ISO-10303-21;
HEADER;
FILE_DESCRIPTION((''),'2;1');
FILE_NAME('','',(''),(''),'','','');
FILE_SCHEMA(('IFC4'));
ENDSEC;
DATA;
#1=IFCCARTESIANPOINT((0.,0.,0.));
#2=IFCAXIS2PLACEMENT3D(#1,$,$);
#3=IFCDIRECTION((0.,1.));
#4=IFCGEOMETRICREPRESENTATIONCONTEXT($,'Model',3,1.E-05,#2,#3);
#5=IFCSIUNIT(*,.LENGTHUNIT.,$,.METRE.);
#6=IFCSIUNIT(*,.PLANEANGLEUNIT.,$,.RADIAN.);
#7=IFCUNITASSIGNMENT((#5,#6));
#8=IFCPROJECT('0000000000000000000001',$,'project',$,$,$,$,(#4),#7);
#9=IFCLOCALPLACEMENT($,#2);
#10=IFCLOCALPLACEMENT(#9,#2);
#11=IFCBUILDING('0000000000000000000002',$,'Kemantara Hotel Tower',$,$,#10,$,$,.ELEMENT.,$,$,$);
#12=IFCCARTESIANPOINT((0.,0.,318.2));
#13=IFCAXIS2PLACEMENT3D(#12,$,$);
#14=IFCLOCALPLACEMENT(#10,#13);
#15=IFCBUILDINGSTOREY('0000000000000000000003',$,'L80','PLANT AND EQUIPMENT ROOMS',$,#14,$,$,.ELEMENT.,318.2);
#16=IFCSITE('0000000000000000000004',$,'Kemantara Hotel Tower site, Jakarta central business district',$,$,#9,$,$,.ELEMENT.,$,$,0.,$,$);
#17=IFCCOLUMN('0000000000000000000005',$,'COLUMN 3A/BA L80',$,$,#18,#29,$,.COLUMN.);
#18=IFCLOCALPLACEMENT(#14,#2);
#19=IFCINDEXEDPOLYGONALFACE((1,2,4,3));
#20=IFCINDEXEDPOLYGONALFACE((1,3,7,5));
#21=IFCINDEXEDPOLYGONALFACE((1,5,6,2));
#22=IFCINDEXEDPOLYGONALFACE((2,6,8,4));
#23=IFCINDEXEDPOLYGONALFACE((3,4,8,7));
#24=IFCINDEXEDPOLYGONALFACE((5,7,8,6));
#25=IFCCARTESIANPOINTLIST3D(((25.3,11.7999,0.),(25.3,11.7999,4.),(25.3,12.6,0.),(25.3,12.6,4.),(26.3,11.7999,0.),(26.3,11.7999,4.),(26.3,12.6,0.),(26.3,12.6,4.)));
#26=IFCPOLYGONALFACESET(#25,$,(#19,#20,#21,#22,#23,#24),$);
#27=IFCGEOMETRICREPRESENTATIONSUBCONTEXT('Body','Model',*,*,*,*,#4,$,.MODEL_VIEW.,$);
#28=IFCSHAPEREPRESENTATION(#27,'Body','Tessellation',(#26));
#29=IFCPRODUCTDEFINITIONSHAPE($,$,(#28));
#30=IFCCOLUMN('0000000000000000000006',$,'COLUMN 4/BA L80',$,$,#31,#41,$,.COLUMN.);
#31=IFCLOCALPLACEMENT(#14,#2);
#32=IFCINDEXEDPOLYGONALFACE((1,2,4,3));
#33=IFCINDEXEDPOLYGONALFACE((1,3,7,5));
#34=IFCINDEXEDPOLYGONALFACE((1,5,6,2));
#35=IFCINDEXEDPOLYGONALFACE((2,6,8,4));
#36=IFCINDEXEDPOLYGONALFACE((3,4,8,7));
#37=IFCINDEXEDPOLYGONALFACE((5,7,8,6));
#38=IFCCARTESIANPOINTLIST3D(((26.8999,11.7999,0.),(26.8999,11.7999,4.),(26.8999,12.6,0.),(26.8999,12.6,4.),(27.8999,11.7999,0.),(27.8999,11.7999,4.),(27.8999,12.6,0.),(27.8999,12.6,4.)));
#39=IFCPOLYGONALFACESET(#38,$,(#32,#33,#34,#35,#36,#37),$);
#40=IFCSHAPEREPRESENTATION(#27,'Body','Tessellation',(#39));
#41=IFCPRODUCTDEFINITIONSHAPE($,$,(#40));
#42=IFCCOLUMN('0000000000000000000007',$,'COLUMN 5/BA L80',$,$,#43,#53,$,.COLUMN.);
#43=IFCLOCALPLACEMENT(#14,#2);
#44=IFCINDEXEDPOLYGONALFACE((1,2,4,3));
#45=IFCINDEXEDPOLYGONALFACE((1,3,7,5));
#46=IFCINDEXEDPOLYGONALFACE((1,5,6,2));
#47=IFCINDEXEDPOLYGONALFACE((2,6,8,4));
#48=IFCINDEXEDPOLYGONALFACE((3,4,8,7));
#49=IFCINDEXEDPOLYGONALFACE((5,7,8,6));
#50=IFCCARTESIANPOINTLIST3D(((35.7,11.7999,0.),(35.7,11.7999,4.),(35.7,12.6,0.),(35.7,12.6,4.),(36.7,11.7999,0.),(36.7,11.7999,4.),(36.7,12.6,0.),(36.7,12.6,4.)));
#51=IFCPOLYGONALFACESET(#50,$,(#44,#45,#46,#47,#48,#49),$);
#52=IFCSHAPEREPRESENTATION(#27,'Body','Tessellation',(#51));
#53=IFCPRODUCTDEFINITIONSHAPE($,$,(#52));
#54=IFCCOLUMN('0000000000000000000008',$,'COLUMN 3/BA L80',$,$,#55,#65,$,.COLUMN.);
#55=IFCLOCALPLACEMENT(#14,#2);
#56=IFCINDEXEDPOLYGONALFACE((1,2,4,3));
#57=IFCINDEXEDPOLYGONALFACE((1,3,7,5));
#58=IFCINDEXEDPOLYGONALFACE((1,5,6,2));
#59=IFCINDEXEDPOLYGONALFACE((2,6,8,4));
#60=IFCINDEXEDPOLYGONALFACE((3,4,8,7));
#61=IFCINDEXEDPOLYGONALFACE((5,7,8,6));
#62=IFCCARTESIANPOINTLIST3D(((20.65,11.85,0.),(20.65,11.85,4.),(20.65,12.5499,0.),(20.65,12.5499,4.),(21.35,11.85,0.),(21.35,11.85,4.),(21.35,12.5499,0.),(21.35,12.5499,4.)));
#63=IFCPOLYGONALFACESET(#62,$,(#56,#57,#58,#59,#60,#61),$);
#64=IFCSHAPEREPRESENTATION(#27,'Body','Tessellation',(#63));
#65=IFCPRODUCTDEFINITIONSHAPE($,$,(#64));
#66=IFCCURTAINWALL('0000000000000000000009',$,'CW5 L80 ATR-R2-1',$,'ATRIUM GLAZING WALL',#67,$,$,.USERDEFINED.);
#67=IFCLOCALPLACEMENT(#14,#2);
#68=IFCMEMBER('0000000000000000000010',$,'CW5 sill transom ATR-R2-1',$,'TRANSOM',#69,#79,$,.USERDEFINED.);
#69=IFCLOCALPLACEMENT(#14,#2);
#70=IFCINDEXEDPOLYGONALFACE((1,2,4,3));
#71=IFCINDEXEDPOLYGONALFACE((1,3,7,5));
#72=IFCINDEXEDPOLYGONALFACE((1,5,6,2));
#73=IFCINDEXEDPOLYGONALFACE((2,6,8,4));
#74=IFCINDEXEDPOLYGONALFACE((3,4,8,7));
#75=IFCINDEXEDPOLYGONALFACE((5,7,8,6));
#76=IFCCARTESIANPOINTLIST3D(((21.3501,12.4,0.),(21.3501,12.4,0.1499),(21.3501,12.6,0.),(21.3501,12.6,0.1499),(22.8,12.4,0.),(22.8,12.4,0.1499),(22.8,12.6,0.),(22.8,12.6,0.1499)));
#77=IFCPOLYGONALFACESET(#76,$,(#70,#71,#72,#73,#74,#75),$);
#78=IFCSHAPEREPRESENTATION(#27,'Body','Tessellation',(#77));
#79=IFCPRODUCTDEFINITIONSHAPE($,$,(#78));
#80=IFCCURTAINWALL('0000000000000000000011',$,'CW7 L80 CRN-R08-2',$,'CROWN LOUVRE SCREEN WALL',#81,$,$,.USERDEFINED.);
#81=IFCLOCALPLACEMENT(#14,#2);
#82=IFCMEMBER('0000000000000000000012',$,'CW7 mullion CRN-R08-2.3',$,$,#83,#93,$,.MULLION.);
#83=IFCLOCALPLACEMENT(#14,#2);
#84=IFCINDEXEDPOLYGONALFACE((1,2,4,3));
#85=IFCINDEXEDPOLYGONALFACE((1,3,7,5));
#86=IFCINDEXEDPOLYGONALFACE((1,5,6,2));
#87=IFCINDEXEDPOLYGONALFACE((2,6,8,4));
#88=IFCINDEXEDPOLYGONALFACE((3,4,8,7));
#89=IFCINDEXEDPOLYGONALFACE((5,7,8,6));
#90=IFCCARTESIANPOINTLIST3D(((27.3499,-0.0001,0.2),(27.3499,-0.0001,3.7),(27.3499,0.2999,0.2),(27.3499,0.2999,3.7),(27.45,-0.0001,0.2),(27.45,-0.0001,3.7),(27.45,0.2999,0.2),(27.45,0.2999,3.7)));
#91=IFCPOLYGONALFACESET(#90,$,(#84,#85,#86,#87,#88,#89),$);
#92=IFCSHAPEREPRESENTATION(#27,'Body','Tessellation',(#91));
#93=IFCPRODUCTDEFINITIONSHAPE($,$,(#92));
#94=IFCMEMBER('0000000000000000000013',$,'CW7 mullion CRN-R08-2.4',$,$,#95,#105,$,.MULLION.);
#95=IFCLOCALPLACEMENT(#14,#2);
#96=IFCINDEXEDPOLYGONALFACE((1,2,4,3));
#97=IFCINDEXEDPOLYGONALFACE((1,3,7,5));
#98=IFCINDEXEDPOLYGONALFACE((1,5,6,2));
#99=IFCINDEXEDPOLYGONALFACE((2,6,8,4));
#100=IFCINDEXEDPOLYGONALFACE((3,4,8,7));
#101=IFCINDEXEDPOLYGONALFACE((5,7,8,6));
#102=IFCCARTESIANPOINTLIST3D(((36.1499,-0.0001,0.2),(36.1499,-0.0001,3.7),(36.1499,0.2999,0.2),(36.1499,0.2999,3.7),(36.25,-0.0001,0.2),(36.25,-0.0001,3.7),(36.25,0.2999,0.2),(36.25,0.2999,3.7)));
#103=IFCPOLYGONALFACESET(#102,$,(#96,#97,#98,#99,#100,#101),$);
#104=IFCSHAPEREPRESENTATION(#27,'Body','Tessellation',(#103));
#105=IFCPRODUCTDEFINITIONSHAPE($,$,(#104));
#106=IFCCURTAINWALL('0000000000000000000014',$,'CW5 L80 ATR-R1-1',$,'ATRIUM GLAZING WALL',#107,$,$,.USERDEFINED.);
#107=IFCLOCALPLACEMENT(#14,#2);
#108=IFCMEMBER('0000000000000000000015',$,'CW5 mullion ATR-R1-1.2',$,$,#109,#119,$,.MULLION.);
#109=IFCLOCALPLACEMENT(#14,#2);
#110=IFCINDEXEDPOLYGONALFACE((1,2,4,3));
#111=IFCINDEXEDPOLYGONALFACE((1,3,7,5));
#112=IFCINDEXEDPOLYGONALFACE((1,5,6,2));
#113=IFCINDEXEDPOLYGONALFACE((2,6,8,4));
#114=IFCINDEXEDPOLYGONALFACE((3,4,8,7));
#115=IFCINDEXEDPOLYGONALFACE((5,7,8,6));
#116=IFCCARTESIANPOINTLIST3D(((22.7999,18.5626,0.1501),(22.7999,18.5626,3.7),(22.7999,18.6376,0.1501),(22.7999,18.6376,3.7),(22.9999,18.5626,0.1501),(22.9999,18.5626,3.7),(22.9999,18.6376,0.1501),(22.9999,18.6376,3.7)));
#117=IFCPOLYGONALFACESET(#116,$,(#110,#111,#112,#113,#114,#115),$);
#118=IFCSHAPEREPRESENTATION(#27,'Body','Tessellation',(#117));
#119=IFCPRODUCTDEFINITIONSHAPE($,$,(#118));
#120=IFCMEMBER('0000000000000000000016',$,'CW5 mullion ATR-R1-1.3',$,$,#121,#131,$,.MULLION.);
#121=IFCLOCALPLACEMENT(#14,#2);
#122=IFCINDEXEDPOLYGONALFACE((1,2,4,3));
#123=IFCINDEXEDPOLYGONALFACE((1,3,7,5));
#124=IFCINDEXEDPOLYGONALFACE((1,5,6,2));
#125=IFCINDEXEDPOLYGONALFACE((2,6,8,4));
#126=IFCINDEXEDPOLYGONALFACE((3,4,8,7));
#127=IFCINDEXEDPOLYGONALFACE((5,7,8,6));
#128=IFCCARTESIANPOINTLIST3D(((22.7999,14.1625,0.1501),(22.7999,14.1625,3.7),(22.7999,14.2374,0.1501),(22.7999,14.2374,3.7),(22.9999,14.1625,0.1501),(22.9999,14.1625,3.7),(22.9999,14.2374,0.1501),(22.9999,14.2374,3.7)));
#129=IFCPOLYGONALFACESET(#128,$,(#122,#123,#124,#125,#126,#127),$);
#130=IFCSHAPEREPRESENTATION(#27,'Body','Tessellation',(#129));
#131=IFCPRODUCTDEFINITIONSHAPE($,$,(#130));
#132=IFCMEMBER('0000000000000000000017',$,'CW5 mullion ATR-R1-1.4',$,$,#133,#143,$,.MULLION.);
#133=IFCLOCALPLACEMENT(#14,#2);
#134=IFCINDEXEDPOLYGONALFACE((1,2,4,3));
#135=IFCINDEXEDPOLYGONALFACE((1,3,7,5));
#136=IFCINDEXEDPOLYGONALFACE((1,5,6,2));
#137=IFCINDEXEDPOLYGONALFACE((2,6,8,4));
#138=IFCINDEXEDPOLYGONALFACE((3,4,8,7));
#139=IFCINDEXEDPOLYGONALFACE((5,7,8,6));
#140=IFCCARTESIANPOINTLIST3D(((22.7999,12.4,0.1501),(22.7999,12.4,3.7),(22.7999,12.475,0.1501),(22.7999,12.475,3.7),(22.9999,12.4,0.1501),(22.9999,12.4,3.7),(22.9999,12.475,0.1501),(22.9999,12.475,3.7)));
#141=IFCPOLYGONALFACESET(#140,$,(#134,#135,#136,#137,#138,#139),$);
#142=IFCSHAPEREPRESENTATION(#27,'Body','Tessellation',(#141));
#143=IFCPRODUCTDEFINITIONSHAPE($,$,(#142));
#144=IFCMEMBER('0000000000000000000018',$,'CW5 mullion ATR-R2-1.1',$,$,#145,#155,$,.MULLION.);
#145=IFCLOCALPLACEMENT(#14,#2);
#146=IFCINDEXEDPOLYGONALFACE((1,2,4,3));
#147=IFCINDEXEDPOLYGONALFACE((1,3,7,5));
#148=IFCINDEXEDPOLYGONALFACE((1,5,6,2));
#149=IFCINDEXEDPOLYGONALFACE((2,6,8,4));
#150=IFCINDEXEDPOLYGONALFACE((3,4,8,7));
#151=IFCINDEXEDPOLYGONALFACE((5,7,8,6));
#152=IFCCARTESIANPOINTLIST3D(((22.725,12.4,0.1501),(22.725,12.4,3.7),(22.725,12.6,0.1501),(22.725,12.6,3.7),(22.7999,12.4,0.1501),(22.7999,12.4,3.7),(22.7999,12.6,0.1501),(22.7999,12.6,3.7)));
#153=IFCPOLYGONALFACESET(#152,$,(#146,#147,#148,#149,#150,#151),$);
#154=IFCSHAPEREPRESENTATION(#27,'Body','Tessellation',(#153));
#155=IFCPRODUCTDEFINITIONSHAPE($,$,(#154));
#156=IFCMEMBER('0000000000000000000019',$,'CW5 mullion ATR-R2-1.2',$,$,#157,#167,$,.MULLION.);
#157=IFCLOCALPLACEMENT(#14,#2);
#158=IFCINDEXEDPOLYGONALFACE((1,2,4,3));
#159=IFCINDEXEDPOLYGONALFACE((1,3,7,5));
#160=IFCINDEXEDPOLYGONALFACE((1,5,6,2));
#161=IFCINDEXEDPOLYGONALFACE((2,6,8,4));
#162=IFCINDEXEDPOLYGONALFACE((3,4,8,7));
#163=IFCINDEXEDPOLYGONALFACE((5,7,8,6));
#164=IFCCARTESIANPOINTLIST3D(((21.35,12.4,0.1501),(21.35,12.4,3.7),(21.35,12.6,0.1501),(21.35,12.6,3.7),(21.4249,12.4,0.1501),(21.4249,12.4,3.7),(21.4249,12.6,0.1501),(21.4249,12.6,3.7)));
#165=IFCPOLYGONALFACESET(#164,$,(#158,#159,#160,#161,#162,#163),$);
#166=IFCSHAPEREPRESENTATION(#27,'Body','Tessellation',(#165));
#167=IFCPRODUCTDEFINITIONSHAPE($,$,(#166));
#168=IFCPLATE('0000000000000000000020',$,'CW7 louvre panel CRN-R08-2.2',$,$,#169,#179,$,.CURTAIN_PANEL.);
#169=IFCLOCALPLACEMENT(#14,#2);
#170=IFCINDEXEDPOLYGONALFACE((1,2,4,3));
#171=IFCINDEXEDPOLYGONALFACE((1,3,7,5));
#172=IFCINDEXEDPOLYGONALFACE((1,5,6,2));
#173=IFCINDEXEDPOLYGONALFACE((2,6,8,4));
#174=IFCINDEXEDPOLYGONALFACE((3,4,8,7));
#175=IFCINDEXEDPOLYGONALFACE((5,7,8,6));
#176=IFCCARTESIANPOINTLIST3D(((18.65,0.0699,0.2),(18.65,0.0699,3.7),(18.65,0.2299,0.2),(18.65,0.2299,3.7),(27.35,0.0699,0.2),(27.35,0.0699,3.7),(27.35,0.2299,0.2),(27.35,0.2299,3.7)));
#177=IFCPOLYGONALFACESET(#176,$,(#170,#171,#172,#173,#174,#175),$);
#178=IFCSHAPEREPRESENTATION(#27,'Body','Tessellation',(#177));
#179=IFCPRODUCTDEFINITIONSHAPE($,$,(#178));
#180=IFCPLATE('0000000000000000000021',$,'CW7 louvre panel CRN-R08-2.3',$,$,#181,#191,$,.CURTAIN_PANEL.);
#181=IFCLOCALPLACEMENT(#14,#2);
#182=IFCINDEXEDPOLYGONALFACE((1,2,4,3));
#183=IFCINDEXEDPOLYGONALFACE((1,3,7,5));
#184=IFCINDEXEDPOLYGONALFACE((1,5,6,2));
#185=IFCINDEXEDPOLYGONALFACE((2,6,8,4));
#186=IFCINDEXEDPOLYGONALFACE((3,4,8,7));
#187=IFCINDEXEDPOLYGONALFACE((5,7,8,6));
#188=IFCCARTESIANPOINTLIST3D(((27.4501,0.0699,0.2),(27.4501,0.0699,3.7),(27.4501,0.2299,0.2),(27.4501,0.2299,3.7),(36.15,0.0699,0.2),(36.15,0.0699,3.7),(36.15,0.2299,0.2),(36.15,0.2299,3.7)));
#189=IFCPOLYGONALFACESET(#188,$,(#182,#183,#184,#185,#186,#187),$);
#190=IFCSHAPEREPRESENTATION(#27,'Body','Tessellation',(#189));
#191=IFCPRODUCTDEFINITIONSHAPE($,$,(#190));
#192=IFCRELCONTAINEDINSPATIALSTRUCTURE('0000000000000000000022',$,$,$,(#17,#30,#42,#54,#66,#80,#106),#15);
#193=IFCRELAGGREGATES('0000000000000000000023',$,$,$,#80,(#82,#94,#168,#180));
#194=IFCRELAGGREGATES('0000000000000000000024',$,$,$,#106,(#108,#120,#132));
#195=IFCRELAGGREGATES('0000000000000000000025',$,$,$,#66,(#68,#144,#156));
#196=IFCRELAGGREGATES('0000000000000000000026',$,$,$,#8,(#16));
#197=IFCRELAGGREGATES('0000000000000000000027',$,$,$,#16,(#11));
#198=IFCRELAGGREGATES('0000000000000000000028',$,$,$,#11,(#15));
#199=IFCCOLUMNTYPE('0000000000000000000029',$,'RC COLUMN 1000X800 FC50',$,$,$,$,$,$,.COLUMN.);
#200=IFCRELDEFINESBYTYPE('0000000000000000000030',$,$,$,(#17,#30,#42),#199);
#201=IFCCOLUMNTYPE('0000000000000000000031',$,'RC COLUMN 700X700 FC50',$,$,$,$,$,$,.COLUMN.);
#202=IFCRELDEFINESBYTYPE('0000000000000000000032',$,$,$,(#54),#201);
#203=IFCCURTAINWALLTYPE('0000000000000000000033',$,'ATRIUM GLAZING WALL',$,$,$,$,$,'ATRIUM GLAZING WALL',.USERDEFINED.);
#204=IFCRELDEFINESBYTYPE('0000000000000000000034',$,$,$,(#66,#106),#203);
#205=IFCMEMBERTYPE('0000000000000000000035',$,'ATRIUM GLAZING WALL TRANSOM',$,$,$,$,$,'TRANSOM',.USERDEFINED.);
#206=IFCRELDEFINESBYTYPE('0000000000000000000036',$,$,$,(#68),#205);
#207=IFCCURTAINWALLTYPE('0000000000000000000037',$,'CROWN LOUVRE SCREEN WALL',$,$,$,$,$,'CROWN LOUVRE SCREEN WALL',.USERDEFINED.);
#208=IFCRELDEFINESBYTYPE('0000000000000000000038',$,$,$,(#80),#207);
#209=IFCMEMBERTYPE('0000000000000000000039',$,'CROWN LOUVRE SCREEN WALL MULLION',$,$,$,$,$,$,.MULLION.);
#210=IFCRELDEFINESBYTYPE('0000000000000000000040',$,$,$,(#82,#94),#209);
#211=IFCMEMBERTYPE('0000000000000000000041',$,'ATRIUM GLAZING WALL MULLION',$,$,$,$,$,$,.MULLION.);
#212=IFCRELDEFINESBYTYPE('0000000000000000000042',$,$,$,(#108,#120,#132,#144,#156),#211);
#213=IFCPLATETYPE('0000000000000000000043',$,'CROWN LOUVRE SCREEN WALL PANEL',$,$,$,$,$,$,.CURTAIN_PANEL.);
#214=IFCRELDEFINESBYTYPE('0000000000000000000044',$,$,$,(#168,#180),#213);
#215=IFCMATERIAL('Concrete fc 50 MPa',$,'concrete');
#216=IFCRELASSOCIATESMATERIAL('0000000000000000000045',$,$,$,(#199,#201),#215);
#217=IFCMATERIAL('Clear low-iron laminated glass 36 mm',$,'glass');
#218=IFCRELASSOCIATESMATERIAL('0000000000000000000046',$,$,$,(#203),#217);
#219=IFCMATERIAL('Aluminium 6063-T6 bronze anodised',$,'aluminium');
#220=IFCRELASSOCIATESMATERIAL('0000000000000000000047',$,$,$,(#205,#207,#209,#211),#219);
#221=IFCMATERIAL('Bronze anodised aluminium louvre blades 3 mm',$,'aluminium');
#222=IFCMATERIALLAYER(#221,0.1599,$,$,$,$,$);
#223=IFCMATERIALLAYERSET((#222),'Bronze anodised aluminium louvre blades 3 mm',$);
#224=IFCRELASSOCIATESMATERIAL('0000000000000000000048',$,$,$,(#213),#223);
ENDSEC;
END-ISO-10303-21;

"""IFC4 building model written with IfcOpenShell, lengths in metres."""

from ifc_helpers import new_model, si_unit, direction, frame, origin, origin_2d, place, context, subcontext, project, spatial, rectangle, extrude, source, transform, mapped, material, layer, layer_set, material_profile, profile_set, type_object, element, aggregate, save


model = new_model("IFC4")

# Units and contexts
model_context = context("Model", 3, precision=1e-05, world=origin(), true_north=direction((0.0, 1.0)))
body_context = subcontext(model_context, "Body", "Model", "MODEL_VIEW")
ifc_project = project(units=[si_unit("LENGTHUNIT", "METRE"), si_unit("PLANEANGLEUNIT", "RADIAN")], contexts=[model_context])

# Site, building, storey
site_placement = place(None, origin())
site = spatial("IfcSite", under=ifc_project, at=site_placement, Name="Kemantara Hotel Tower site, Jakarta central business district", CompositionType="ELEMENT", RefElevation=0.0)
building_placement = place(site_placement, origin())
building = spatial("IfcBuilding", under=site, at=building_placement, Name="Kemantara Hotel Tower", CompositionType="ELEMENT")
storey_placement = place(building_placement, frame((0.0, 0.0, 318.2)))
storey = spatial("IfcBuildingStorey", under=building, at=storey_placement, Name="L80", Description="PLANT AND EQUIPMENT ROOMS", CompositionType="ELEMENT", Elevation=318.2)

# Columns
ifc_material_1 = material(Name="Concrete fc 50 MPa", Category="concrete")
ifc_material_profile_1 = material_profile(ifc_material_1, rectangle(XDim=1.0, YDim=0.8, at=origin_2d()), Name="RC 1000X800")
ifc_profile_set_1 = profile_set([ifc_material_profile_1], Name="Concrete fc 50 MPa")
column_type_1 = type_object("IfcColumnType", Name="RC COLUMN 1000X800 FC50", PredefinedType="COLUMN", material=ifc_profile_set_1)
for number, where, z_axis, x_axis, name in (
    (1, (25.8, 12.2, 0.0), (0.0, 0.0, 1.0), (1.0, 0.0, 0.0), "COLUMN 3A/BA L80"),
    (2, (27.3999, 12.2, 0.0), (0.0, 0.0, 1.0), (1.0, 0.0, 0.0), "COLUMN 4/BA L80"),
    (3, (36.2, 12.2, 0.0), (0.0, 0.0, 1.0), (1.0, 0.0, 0.0), "COLUMN 5/BA L80"),
):
    element("IfcColumn", number, at=place(storey_placement, frame(where, z_axis=z_axis, x_axis=x_axis)), inside=storey, type_object=column_type_1, Name=name, PredefinedType="COLUMN", context=body_context, shape_type="SweptSolid", body=[
        extrude(rectangle(XDim=1.0, YDim=0.8, at=origin_2d()), origin(), (0.0, 0.0, 1.0), 4.0),
    ])
ifc_material_profile_2 = material_profile(ifc_material_1, rectangle(XDim=0.7, YDim=0.7, at=origin_2d()), Name="RC 700X700")
ifc_profile_set_2 = profile_set([ifc_material_profile_2], Name="Concrete fc 50 MPa")
column_type_2 = type_object("IfcColumnType", Name="RC COLUMN 700X700 FC50", PredefinedType="COLUMN", material=ifc_profile_set_2)
column_placement = place(storey_placement, frame((21.0, 12.2, 0.0), z_axis=(0.0, 0.0, 1.0), x_axis=(1.0, 0.0, 0.0)))
element("IfcColumn", 4, at=column_placement, inside=storey, type_object=column_type_2, Name="COLUMN 3/BA L80", PredefinedType="COLUMN", context=body_context, shape_type="SweptSolid", body=[
    extrude(rectangle(XDim=0.7, YDim=0.7, at=origin_2d()), origin(), (0.0, 0.0, 1.0), 4.0),
])

# Curtain wall, member
ifc_material_2 = material(Name="Clear low-iron laminated glass 36 mm", Category="glass")
curtain_wall_type_1 = type_object("IfcCurtainWallType", Name="ATRIUM GLAZING WALL", ElementType="ATRIUM GLAZING WALL", PredefinedType="USERDEFINED", material=ifc_material_2)
curtain_wall_1_placement = place(storey_placement, origin())
curtain_wall_1 = element("IfcCurtainWall", 5, at=curtain_wall_1_placement, inside=storey, type_object=curtain_wall_type_1, Name="CW5 L80 ATR-R2-1", ObjectType="ATRIUM GLAZING WALL", PredefinedType="USERDEFINED")
ifc_material_3 = material(Name="Aluminium 6063-T6 bronze anodised", Category="aluminium")
ifc_material_profile_3 = material_profile(ifc_material_3, rectangle(XDim=0.2, YDim=0.1499, at=origin_2d()), Name="ATRIUM GLAZING WALL TRANSOM")
ifc_profile_set_3 = profile_set([ifc_material_profile_3], Name="Aluminium 6063-T6 bronze anodised")
member_type_1 = type_object("IfcMemberType", Name="ATRIUM GLAZING WALL TRANSOM", ElementType="TRANSOM", PredefinedType="USERDEFINED", material=ifc_profile_set_3)
member_1_placement = place(storey_placement, frame((22.8, 12.5, 0.075), z_axis=(-1.0, 0.0, 0.0), x_axis=(0.0, -1.0, 0.0)))
member_1 = element("IfcMember", 6, at=member_1_placement, type_object=member_type_1, Name="CW5 sill transom ATR-R2-1", ObjectType="TRANSOM", PredefinedType="USERDEFINED", context=body_context, shape_type="SweptSolid", body=[
    extrude(rectangle(XDim=0.2, YDim=0.1499, at=origin_2d()), origin(), (0.0, 0.0, 1.0), 1.45),
])

# Curtain walls, members
curtain_wall_type_2 = type_object("IfcCurtainWallType", Name="CROWN LOUVRE SCREEN WALL", ElementType="CROWN LOUVRE SCREEN WALL", PredefinedType="USERDEFINED", material=ifc_material_3)
curtain_wall_2_placement = place(storey_placement, origin())
curtain_wall_2 = element("IfcCurtainWall", 7, at=curtain_wall_2_placement, inside=storey, type_object=curtain_wall_type_2, Name="CW7 L80 CRN-R08-2", ObjectType="CROWN LOUVRE SCREEN WALL", PredefinedType="USERDEFINED")
ifc_material_profile_4 = material_profile(ifc_material_3, rectangle(XDim=0.3, YDim=0.1001, at=origin_2d()), Name="CROWN LOUVRE SCREEN WALL MULLION")
ifc_profile_set_4 = profile_set([ifc_material_profile_4], Name="Aluminium 6063-T6 bronze anodised")
member_type_2 = type_object("IfcMemberType", Name="CROWN LOUVRE SCREEN WALL MULLION", PredefinedType="MULLION", material=ifc_profile_set_4)
shared_shape_1 = source(origin(), body_context, "Body", "SweptSolid", [
    extrude(rectangle(XDim=0.3, YDim=0.1001, at=origin_2d()), origin(), (0.0, 0.0, 1.0), 3.5),
])
member_2_placement = place(storey_placement, frame((27.3999, 0.1499, 0.2), z_axis=(0.0, 0.0, 1.0), x_axis=(0.0, 1.0, 0.0)))
member_2 = element("IfcMember", 8, at=member_2_placement, type_object=member_type_2, Name="CW7 mullion CRN-R08-2.3", PredefinedType="MULLION", context=body_context, shape_type="MappedRepresentation", body=[
    mapped(shared_shape_1, transform((0.0, 0.0, 0.0))),
])
member_3_placement = place(storey_placement, frame((36.2, 0.1499, 0.2), z_axis=(0.0, 0.0, 1.0), x_axis=(0.0, 1.0, 0.0)))
member_3 = element("IfcMember", 9, at=member_3_placement, type_object=member_type_2, Name="CW7 mullion CRN-R08-2.4", PredefinedType="MULLION", context=body_context, shape_type="MappedRepresentation", body=[
    mapped(shared_shape_1, transform((0.0, 0.0, 0.0))),
])
curtain_wall_3_placement = place(storey_placement, origin())
curtain_wall_3 = element("IfcCurtainWall", 10, at=curtain_wall_3_placement, inside=storey, type_object=curtain_wall_type_1, Name="CW5 L80 ATR-R1-1", ObjectType="ATRIUM GLAZING WALL", PredefinedType="USERDEFINED")
ifc_material_profile_5 = material_profile(ifc_material_3, rectangle(XDim=0.2, YDim=0.075, at=origin_2d()), Name="ATRIUM GLAZING WALL MULLION")
ifc_profile_set_5 = profile_set([ifc_material_profile_5], Name="Aluminium 6063-T6 bronze anodised")
member_type_3 = type_object("IfcMemberType", Name="ATRIUM GLAZING WALL MULLION", PredefinedType="MULLION", material=ifc_profile_set_5)
shared_shape_2 = source(origin(), body_context, "Body", "SweptSolid", [
    extrude(rectangle(XDim=0.2, YDim=0.075, at=origin_2d()), origin(), (0.0, 0.0, 1.0), 3.5498),
])
member_4_placement = place(storey_placement, frame((22.8999, 18.6001, 0.1501), z_axis=(0.0, 0.0, 1.0), x_axis=(1.0, 0.0, 0.0)))
member_4 = element("IfcMember", 11, at=member_4_placement, type_object=member_type_3, Name="CW5 mullion ATR-R1-1.2", PredefinedType="MULLION", context=body_context, shape_type="MappedRepresentation", body=[
    mapped(shared_shape_2, transform((0.0, 0.0, 0.0))),
])
member_5_placement = place(storey_placement, frame((22.8999, 14.2, 0.1501), z_axis=(0.0, 0.0, 1.0), x_axis=(1.0, 0.0, 0.0)))
member_5 = element("IfcMember", 12, at=member_5_placement, type_object=member_type_3, Name="CW5 mullion ATR-R1-1.3", PredefinedType="MULLION", context=body_context, shape_type="MappedRepresentation", body=[
    mapped(shared_shape_2, transform((0.0, 0.0, 0.0))),
])
member_6_placement = place(storey_placement, frame((22.8999, 12.4375, 0.1501), z_axis=(0.0, 0.0, 1.0), x_axis=(1.0, 0.0, 0.0)))
member_6 = element("IfcMember", 13, at=member_6_placement, type_object=member_type_3, Name="CW5 mullion ATR-R1-1.4", PredefinedType="MULLION", context=body_context, shape_type="MappedRepresentation", body=[
    mapped(shared_shape_2, transform((0.0, 0.0, 0.0))),
])

# Members
member_7_placement = place(storey_placement, frame((22.7625, 12.5, 0.1501), z_axis=(0.0, 0.0, 1.0), x_axis=(0.0, -1.0, 0.0)))
member_7 = element("IfcMember", 14, at=member_7_placement, type_object=member_type_3, Name="CW5 mullion ATR-R2-1.1", PredefinedType="MULLION", context=body_context, shape_type="MappedRepresentation", body=[
    mapped(shared_shape_2, transform((0.0, 0.0, 0.0))),
])
member_8_placement = place(storey_placement, frame((21.3875, 12.5, 0.1501), z_axis=(0.0, 0.0, 1.0), x_axis=(0.0, -1.0, 0.0)))
member_8 = element("IfcMember", 15, at=member_8_placement, type_object=member_type_3, Name="CW5 mullion ATR-R2-1.2", PredefinedType="MULLION", context=body_context, shape_type="MappedRepresentation", body=[
    mapped(shared_shape_2, transform((0.0, 0.0, 0.0))),
])

# Plates
ifc_material_4 = material(Name="Bronze anodised aluminium louvre blades 3 mm", Category="aluminium")
ifc_layer_1 = layer(ifc_material_4, 0.1599)
ifc_layer_set_1 = layer_set([ifc_layer_1], Name="Bronze anodised aluminium louvre blades 3 mm")
plate_type_1 = type_object("IfcPlateType", Name="CROWN LOUVRE SCREEN WALL PANEL", PredefinedType="CURTAIN_PANEL", material=ifc_layer_set_1)
shared_shape_3 = source(origin(), body_context, "Body", "SweptSolid", [
    extrude(rectangle(XDim=8.7, YDim=0.1599, at=origin_2d()), origin(), (0.0, 0.0, 1.0), 3.5),
])
plate_1_placement = place(storey_placement, frame((23.0, 0.1499, 0.2), z_axis=(0.0, 0.0, 1.0), x_axis=(1.0, 0.0, 0.0)))
plate_1 = element("IfcPlate", 16, at=plate_1_placement, type_object=plate_type_1, Name="CW7 louvre panel CRN-R08-2.2", PredefinedType="CURTAIN_PANEL", context=body_context, shape_type="MappedRepresentation", body=[
    mapped(shared_shape_3, transform((0.0, 0.0, 0.0))),
])
plate_2_placement = place(storey_placement, frame((31.8, 0.1499, 0.2), z_axis=(0.0, 0.0, 1.0), x_axis=(1.0, 0.0, 0.0)))
plate_2 = element("IfcPlate", 17, at=plate_2_placement, type_object=plate_type_1, Name="CW7 louvre panel CRN-R08-2.3", PredefinedType="CURTAIN_PANEL", context=body_context, shape_type="MappedRepresentation", body=[
    mapped(shared_shape_3, transform((0.0, 0.0, 0.0))),
])
aggregate(curtain_wall_2, [member_2, member_3, plate_1, plate_2])
aggregate(curtain_wall_3, [member_4, member_5, member_6])
aggregate(curtain_wall_1, [member_1, member_7, member_8])

save(model, "model.ifc")
